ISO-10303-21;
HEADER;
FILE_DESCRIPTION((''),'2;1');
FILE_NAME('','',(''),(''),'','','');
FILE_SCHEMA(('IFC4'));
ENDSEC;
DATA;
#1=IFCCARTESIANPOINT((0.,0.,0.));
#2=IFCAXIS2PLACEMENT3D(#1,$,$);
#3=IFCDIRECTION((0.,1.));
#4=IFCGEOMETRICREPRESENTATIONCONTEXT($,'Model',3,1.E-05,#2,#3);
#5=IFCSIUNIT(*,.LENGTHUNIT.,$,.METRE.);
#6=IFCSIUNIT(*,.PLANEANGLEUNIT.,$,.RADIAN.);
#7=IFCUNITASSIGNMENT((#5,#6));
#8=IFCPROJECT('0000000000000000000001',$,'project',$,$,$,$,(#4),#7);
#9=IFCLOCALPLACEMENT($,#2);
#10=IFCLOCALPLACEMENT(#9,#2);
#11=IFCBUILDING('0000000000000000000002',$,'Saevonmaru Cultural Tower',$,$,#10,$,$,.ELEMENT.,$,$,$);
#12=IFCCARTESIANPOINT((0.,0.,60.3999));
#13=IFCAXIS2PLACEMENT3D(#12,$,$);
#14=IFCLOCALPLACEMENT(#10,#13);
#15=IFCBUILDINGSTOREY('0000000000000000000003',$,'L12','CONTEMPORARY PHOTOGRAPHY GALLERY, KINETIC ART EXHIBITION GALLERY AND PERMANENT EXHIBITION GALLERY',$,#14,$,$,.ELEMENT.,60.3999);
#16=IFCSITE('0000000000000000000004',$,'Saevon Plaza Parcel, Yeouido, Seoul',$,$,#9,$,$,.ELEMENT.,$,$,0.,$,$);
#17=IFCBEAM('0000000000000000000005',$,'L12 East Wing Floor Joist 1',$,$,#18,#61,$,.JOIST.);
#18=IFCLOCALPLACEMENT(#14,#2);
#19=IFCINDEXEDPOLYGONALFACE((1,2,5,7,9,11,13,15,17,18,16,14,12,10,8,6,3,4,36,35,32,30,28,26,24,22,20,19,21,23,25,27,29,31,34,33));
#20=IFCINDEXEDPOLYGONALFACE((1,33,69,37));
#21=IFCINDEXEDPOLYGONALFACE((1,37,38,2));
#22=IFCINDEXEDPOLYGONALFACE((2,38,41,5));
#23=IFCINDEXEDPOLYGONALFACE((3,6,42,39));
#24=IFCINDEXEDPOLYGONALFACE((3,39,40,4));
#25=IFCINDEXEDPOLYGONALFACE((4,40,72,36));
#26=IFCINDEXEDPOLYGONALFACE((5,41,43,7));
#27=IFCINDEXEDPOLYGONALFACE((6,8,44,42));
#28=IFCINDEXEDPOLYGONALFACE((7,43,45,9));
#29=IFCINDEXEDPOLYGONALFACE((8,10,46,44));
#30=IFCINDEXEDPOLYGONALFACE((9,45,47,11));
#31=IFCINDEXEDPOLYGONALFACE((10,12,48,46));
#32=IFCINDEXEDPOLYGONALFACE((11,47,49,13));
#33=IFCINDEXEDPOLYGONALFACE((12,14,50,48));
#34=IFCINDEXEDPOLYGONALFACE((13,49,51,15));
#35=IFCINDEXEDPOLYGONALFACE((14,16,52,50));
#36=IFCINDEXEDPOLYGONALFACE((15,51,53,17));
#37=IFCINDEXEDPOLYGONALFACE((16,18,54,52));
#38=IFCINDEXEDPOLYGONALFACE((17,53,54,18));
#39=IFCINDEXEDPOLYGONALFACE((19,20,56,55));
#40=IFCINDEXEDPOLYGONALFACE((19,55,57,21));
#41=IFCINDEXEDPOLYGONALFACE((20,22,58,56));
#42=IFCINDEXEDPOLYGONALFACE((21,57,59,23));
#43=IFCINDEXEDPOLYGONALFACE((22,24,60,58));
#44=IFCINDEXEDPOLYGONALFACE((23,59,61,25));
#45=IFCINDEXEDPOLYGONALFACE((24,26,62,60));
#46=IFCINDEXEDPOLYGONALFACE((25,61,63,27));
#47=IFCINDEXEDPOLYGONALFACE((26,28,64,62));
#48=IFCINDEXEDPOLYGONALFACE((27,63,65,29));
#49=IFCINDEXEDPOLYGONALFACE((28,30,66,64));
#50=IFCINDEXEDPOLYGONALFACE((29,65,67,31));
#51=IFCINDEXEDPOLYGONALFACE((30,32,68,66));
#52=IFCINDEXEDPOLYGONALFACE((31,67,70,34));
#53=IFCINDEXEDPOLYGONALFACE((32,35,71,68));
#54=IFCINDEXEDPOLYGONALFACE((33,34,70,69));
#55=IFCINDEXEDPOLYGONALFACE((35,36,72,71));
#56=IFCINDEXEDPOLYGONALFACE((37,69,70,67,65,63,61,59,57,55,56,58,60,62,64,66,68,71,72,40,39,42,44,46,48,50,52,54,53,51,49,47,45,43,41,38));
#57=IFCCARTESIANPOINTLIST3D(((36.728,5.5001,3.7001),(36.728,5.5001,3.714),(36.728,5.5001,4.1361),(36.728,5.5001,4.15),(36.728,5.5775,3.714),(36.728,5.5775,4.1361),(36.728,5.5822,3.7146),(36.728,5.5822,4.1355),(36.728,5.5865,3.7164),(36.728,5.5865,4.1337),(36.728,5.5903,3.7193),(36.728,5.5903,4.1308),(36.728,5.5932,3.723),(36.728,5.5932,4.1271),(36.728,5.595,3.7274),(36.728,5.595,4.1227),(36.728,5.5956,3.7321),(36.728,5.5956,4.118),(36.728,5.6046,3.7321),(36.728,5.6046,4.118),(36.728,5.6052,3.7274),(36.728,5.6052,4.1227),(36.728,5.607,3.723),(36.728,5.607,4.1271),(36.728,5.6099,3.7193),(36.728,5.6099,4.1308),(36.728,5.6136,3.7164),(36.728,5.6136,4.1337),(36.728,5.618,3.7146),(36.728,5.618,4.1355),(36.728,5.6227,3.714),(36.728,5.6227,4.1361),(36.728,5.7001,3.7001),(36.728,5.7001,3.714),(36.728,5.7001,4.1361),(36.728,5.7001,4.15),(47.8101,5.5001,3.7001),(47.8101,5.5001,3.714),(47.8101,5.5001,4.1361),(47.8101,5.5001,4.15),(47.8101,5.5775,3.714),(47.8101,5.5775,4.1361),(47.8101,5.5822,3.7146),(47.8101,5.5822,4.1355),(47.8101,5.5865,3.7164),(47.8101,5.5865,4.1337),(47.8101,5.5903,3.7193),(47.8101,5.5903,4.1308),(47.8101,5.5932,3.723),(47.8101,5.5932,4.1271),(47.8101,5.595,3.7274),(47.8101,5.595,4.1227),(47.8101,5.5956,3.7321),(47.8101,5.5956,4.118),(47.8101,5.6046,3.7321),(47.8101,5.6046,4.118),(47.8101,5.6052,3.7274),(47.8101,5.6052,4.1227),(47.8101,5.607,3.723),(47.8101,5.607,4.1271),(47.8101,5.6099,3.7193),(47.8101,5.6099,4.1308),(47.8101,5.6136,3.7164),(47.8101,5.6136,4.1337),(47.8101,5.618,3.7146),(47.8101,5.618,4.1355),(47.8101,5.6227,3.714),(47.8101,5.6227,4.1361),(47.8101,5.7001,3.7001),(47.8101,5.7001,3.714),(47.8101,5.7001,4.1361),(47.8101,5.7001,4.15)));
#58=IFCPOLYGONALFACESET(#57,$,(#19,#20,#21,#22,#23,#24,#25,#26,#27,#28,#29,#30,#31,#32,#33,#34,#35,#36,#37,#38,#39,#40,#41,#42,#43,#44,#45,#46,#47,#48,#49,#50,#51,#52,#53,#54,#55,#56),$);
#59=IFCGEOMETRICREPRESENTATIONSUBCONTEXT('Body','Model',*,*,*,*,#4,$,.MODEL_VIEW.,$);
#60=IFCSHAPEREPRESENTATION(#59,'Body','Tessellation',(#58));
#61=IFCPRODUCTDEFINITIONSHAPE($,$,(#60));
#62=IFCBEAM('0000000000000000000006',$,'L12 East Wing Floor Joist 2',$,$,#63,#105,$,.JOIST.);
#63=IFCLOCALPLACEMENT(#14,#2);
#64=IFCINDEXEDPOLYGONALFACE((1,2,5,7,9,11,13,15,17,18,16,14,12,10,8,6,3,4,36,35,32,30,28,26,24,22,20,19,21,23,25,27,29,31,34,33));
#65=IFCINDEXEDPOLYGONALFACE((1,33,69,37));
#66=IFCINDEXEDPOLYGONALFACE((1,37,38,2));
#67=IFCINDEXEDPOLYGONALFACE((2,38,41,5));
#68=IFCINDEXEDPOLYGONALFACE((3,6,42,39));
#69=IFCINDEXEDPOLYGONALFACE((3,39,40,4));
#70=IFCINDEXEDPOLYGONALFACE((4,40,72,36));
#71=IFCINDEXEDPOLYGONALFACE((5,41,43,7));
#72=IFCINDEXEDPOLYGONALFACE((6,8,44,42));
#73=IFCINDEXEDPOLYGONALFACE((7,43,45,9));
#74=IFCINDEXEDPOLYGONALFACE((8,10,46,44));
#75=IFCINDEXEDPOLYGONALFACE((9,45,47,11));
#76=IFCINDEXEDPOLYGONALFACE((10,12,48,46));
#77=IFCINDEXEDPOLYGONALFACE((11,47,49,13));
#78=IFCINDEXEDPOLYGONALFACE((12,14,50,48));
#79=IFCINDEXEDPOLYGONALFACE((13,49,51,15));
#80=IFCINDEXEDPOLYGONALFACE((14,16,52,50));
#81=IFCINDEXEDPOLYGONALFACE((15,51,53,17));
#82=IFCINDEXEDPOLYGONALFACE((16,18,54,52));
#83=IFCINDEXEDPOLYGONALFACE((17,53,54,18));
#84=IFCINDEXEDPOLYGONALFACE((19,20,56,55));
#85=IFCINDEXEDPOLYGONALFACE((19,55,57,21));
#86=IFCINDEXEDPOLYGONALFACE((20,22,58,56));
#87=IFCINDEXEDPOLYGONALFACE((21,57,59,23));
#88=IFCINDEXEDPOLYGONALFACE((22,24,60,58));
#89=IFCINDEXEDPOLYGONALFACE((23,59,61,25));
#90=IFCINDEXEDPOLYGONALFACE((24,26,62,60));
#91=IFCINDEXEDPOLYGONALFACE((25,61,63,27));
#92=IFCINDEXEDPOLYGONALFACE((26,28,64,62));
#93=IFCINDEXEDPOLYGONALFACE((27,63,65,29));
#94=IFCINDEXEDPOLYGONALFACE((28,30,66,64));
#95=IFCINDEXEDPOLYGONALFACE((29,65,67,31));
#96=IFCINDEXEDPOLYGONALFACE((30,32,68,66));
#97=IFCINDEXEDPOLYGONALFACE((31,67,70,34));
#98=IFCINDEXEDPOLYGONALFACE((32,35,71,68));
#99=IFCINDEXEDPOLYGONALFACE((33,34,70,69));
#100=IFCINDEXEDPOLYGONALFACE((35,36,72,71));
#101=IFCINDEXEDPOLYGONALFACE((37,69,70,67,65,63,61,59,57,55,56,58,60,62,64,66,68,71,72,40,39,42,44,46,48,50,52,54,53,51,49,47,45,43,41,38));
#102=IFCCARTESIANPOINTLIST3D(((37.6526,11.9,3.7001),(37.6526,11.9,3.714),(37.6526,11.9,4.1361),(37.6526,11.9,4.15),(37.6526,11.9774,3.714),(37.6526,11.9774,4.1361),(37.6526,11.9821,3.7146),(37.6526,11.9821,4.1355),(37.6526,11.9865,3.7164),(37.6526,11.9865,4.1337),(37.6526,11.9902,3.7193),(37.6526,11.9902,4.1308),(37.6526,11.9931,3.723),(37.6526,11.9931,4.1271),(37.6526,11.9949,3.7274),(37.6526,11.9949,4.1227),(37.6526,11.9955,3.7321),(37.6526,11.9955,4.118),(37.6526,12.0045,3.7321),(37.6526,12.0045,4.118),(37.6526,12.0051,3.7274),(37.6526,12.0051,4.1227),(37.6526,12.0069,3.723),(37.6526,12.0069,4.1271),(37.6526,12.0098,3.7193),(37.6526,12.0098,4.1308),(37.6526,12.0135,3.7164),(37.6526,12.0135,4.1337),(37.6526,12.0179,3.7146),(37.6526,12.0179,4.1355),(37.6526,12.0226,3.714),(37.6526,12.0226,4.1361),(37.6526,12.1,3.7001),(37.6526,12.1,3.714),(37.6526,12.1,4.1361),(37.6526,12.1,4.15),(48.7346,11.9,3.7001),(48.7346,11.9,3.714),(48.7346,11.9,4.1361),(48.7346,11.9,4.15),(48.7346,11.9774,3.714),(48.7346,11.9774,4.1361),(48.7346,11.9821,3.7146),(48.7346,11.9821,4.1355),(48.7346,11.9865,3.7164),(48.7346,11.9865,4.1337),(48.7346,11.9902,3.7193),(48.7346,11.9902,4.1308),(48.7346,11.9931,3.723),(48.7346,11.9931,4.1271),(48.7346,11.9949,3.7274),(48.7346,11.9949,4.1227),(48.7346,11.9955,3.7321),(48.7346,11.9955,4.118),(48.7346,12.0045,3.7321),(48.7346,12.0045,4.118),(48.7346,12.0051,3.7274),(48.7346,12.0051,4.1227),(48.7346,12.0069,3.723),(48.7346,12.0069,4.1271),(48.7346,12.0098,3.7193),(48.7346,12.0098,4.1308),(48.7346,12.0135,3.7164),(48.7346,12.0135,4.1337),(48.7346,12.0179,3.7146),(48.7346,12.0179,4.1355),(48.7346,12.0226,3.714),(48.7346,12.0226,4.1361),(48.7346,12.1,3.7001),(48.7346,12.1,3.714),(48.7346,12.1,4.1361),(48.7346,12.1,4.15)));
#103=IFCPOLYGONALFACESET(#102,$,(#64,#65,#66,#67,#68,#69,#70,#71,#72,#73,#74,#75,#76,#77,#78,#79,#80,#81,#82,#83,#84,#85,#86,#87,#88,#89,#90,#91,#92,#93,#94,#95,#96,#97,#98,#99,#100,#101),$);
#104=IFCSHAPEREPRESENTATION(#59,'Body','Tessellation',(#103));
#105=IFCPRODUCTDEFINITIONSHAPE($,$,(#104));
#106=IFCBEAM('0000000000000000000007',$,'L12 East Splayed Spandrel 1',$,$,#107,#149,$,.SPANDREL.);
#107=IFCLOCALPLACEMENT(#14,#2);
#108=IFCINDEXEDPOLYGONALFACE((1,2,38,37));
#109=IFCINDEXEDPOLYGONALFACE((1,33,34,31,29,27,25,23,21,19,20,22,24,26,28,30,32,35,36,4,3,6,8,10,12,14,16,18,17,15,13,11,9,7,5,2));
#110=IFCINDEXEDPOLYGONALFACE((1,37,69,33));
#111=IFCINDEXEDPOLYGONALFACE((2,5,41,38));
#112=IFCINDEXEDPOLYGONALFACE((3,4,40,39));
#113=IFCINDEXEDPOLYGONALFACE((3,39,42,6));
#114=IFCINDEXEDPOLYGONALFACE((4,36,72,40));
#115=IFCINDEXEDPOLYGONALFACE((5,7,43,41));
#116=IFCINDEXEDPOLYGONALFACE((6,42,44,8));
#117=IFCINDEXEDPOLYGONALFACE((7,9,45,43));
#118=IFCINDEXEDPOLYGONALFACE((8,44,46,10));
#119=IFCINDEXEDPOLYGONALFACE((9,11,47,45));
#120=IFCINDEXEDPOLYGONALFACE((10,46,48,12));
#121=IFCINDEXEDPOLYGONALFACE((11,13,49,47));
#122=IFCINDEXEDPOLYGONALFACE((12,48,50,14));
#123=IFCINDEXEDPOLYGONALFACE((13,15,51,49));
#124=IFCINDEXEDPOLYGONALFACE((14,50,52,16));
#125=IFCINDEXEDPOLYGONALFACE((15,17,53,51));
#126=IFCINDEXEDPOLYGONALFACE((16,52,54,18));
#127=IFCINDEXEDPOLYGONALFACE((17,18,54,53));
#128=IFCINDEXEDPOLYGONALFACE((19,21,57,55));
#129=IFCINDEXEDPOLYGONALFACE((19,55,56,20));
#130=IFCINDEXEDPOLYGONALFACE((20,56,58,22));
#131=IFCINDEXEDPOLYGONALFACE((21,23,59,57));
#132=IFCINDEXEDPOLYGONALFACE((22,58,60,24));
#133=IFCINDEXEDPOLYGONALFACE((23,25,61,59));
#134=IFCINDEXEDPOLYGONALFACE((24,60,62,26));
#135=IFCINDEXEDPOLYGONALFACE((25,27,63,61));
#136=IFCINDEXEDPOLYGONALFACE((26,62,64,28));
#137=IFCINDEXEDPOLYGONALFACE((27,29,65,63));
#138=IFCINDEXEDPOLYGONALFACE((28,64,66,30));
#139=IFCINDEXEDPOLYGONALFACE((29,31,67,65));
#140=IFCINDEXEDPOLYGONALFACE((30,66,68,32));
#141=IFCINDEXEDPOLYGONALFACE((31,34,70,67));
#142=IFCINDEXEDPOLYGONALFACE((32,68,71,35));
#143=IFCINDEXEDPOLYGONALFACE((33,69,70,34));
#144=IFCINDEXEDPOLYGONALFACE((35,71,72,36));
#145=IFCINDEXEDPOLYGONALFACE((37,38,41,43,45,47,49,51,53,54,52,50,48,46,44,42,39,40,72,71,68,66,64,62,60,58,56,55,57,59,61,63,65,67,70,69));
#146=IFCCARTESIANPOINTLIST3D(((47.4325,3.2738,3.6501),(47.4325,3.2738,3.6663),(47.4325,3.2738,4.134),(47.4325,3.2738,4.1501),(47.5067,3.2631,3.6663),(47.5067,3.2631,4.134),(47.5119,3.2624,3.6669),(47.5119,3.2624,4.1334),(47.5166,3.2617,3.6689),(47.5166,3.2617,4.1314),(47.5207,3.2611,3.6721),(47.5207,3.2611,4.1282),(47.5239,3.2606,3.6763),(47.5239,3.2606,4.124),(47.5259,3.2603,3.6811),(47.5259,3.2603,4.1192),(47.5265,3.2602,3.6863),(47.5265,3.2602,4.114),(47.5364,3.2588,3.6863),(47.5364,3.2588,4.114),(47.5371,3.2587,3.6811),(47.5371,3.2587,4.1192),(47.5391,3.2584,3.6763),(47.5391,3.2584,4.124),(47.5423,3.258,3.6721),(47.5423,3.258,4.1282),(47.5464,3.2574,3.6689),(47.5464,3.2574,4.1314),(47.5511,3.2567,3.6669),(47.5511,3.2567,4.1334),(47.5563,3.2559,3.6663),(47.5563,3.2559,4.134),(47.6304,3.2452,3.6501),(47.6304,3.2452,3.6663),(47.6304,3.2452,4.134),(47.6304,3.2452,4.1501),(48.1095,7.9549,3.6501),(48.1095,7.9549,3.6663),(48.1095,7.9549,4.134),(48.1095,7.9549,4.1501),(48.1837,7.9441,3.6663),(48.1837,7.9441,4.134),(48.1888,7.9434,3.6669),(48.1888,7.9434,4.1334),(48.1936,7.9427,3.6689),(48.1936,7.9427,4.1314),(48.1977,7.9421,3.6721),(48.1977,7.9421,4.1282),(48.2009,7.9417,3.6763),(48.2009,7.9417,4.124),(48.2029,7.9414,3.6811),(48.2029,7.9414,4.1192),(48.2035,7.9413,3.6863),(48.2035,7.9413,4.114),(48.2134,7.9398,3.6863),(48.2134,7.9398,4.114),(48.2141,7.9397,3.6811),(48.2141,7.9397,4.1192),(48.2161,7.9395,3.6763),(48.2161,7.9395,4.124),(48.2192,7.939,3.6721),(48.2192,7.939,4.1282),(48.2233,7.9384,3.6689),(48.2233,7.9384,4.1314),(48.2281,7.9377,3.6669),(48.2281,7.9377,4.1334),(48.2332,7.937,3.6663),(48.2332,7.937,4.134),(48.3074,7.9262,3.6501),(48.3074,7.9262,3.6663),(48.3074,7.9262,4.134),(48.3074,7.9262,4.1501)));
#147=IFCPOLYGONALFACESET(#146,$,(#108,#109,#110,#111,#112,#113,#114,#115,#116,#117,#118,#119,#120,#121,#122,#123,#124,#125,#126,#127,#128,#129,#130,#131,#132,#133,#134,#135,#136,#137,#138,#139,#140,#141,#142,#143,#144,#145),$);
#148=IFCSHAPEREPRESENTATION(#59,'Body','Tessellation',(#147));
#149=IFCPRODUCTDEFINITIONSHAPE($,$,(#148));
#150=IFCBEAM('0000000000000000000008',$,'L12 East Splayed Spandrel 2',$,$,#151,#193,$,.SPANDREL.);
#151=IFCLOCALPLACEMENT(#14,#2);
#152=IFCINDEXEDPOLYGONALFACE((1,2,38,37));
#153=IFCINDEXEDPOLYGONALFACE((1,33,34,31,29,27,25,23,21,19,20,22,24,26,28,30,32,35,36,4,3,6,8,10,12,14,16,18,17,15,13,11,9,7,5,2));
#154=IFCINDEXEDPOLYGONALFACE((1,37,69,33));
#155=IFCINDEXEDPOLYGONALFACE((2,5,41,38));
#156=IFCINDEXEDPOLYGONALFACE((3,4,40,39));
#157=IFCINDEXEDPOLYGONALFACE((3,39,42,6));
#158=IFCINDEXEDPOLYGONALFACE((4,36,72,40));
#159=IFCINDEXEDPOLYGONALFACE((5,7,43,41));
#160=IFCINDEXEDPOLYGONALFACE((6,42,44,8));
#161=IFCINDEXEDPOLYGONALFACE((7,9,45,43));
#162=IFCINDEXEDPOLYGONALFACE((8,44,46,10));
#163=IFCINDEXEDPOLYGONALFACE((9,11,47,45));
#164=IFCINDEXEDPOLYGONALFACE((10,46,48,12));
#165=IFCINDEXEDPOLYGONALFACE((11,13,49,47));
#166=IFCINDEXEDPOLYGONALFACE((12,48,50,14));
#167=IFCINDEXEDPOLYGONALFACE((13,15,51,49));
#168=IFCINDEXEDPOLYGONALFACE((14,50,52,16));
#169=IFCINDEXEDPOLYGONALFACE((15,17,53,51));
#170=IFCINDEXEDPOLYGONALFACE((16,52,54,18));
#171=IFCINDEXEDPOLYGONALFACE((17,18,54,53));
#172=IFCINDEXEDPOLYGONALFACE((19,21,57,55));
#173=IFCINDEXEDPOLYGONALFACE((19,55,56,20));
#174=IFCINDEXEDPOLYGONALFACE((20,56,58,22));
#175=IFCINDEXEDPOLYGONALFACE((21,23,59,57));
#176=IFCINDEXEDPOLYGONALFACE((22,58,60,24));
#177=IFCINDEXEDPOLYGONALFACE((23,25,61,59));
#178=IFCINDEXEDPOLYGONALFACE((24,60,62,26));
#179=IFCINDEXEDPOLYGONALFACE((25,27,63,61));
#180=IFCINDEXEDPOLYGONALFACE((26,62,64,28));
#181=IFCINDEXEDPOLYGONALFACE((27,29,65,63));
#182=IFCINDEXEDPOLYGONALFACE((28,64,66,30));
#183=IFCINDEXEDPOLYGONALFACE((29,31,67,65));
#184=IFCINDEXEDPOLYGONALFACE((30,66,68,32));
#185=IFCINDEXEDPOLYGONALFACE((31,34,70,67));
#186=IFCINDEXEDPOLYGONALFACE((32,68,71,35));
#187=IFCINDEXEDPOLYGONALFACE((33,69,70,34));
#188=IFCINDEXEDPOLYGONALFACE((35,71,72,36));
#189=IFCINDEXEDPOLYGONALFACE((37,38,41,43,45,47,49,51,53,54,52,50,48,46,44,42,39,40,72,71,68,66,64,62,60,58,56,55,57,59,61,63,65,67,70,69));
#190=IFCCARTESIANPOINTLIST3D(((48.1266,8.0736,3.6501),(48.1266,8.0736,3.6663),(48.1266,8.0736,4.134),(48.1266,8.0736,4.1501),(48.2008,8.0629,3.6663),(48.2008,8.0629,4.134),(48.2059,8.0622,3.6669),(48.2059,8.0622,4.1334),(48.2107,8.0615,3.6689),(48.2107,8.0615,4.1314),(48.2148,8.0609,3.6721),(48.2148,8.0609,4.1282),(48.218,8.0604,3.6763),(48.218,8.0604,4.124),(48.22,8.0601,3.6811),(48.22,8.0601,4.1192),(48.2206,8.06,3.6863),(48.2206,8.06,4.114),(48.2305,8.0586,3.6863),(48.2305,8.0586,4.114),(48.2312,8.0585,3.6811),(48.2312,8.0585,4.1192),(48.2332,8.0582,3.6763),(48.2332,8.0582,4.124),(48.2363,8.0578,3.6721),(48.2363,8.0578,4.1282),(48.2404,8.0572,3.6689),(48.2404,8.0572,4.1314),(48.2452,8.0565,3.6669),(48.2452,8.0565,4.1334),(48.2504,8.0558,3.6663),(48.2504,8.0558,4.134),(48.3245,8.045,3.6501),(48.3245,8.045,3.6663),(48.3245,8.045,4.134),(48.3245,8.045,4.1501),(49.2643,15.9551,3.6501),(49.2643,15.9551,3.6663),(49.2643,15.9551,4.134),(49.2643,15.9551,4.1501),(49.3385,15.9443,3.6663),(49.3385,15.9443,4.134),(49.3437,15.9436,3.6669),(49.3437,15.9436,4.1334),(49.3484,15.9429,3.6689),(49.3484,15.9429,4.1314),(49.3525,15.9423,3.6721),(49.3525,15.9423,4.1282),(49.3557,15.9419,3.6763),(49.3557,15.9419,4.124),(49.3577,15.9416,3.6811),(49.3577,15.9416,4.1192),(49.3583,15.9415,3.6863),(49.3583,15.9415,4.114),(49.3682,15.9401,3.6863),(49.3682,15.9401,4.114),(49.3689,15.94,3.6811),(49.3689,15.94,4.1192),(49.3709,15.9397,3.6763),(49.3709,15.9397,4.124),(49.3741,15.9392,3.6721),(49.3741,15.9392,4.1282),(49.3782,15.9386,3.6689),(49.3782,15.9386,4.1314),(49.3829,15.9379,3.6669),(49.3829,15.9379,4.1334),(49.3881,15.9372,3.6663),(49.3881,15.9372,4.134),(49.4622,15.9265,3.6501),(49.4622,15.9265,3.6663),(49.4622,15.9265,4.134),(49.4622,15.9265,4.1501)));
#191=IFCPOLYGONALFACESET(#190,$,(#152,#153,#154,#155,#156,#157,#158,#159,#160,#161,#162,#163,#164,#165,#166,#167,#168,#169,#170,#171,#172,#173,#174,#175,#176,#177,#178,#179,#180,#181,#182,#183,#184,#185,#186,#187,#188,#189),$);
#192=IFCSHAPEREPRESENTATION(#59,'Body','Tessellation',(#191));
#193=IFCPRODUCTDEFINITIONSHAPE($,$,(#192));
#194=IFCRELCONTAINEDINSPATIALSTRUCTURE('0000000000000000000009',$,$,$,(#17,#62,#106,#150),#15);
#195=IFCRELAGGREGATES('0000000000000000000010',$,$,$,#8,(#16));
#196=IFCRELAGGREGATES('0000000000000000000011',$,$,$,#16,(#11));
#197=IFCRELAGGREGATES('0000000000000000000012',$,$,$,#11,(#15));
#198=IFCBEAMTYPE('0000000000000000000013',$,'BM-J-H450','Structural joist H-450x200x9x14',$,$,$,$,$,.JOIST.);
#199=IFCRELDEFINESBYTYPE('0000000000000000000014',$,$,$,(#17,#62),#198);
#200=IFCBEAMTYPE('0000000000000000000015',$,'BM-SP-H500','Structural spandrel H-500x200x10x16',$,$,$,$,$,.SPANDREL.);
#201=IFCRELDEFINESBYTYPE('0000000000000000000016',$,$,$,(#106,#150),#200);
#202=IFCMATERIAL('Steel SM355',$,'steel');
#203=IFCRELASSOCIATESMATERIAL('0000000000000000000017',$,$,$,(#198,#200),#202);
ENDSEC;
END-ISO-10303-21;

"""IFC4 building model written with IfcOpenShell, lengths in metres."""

from ifc_helpers import new_model, si_unit, direction, frame, origin, origin_2d, place, context, subcontext, project, spatial, i_section, extrude, material, material_profile, profile_set, type_object, element, save


model = new_model("IFC4")

# Units and contexts
model_context = context("Model", 3, precision=1e-05, world=origin(), true_north=direction((0.0, 1.0)))
body_context = subcontext(model_context, "Body", "Model", "MODEL_VIEW")
ifc_project = project(units=[si_unit("LENGTHUNIT", "METRE"), si_unit("PLANEANGLEUNIT", "RADIAN")], contexts=[model_context])

# Site, building, storey
site_placement = place(None, origin())
site = spatial("IfcSite", under=ifc_project, at=site_placement, Name="Saevon Plaza Parcel, Yeouido, Seoul", CompositionType="ELEMENT", RefElevation=0.0)
building_placement = place(site_placement, origin())
building = spatial("IfcBuilding", under=site, at=building_placement, Name="Saevonmaru Cultural Tower", CompositionType="ELEMENT")
storey_placement = place(building_placement, frame((0.0, 0.0, 60.3999)))
storey = spatial("IfcBuildingStorey", under=building, at=storey_placement, Name="L12", Description="CONTEMPORARY PHOTOGRAPHY GALLERY, KINETIC ART EXHIBITION GALLERY AND PERMANENT EXHIBITION GALLERY", CompositionType="ELEMENT", Elevation=60.3999)

# Beams
ifc_material_1 = material(Name="Steel SM355", Category="steel")
ifc_material_profile_1 = material_profile(ifc_material_1, i_section(OverallWidth=0.2, OverallDepth=0.45, WebThickness=0.009, FlangeThickness=0.0139, FilletRadius=0.0181, at=origin_2d()), Name="H-450x200x9x14")
ifc_profile_set_1 = profile_set([ifc_material_profile_1], Name="Steel SM355")
beam_type_1 = type_object("IfcBeamType", Name="BM-J-H450", Description="Structural joist H-450x200x9x14", PredefinedType="JOIST", material=ifc_profile_set_1)
for number, where, z_axis, x_axis, name in (
    (1, (36.728, 5.6001, 3.925), (1.0, 0.0, 0.0), (0.0, 1.0, 0.0), "L12 East Wing Floor Joist 1"),
    (2, (37.6526, 12.0, 3.925), (1.0, 0.0, 0.0), (0.0, 1.0, 0.0), "L12 East Wing Floor Joist 2"),
):
    element("IfcBeam", number, at=place(storey_placement, frame(where, z_axis=z_axis, x_axis=x_axis)), inside=storey, type_object=beam_type_1, Name=name, PredefinedType="JOIST", context=body_context, shape_type="SweptSolid", body=[
        extrude(i_section(OverallWidth=0.2, OverallDepth=0.45, WebThickness=0.009, FlangeThickness=0.0139, FilletRadius=0.0181, at=origin_2d()), origin(), (0.0, 0.0, 1.0), 11.082),
    ])
ifc_material_profile_2 = material_profile(ifc_material_1, i_section(OverallWidth=0.2, OverallDepth=0.5, WebThickness=0.01, FlangeThickness=0.0161, FilletRadius=0.02, at=origin_2d()), Name="H-500x200x10x16")
ifc_profile_set_2 = profile_set([ifc_material_profile_2], Name="Steel SM355")
beam_type_2 = type_object("IfcBeamType", Name="BM-SP-H500", Description="Structural spandrel H-500x200x10x16", PredefinedType="SPANDREL", material=ifc_profile_set_2)
beam_1_placement = place(storey_placement, frame((47.5315, 3.2595, 3.9001), z_axis=(0.143134, 0.989703, 0.0), x_axis=(-0.989703, 0.143134, 0.0)))
element("IfcBeam", 3, at=beam_1_placement, inside=storey, type_object=beam_type_2, Name="L12 East Splayed Spandrel 1", PredefinedType="SPANDREL", context=body_context, shape_type="SweptSolid", body=[
    extrude(i_section(OverallWidth=0.2, OverallDepth=0.5, WebThickness=0.01, FlangeThickness=0.0161, FilletRadius=0.02, at=origin_2d()), origin(), (0.0, 0.0, 1.0), 4.7297),
])
beam_2_placement = place(storey_placement, frame((48.2256, 8.0593, 3.9001), z_axis=(0.142872, 0.989741, 0.0), x_axis=(-0.989741, 0.142872, 0.0)))
element("IfcBeam", 4, at=beam_2_placement, inside=storey, type_object=beam_type_2, Name="L12 East Splayed Spandrel 2", PredefinedType="SPANDREL", context=body_context, shape_type="SweptSolid", body=[
    extrude(i_section(OverallWidth=0.2, OverallDepth=0.5, WebThickness=0.01, FlangeThickness=0.0161, FilletRadius=0.02, at=origin_2d()), origin(), (0.0, 0.0, 1.0), 7.9631),
])

save(model, "model.ifc")
